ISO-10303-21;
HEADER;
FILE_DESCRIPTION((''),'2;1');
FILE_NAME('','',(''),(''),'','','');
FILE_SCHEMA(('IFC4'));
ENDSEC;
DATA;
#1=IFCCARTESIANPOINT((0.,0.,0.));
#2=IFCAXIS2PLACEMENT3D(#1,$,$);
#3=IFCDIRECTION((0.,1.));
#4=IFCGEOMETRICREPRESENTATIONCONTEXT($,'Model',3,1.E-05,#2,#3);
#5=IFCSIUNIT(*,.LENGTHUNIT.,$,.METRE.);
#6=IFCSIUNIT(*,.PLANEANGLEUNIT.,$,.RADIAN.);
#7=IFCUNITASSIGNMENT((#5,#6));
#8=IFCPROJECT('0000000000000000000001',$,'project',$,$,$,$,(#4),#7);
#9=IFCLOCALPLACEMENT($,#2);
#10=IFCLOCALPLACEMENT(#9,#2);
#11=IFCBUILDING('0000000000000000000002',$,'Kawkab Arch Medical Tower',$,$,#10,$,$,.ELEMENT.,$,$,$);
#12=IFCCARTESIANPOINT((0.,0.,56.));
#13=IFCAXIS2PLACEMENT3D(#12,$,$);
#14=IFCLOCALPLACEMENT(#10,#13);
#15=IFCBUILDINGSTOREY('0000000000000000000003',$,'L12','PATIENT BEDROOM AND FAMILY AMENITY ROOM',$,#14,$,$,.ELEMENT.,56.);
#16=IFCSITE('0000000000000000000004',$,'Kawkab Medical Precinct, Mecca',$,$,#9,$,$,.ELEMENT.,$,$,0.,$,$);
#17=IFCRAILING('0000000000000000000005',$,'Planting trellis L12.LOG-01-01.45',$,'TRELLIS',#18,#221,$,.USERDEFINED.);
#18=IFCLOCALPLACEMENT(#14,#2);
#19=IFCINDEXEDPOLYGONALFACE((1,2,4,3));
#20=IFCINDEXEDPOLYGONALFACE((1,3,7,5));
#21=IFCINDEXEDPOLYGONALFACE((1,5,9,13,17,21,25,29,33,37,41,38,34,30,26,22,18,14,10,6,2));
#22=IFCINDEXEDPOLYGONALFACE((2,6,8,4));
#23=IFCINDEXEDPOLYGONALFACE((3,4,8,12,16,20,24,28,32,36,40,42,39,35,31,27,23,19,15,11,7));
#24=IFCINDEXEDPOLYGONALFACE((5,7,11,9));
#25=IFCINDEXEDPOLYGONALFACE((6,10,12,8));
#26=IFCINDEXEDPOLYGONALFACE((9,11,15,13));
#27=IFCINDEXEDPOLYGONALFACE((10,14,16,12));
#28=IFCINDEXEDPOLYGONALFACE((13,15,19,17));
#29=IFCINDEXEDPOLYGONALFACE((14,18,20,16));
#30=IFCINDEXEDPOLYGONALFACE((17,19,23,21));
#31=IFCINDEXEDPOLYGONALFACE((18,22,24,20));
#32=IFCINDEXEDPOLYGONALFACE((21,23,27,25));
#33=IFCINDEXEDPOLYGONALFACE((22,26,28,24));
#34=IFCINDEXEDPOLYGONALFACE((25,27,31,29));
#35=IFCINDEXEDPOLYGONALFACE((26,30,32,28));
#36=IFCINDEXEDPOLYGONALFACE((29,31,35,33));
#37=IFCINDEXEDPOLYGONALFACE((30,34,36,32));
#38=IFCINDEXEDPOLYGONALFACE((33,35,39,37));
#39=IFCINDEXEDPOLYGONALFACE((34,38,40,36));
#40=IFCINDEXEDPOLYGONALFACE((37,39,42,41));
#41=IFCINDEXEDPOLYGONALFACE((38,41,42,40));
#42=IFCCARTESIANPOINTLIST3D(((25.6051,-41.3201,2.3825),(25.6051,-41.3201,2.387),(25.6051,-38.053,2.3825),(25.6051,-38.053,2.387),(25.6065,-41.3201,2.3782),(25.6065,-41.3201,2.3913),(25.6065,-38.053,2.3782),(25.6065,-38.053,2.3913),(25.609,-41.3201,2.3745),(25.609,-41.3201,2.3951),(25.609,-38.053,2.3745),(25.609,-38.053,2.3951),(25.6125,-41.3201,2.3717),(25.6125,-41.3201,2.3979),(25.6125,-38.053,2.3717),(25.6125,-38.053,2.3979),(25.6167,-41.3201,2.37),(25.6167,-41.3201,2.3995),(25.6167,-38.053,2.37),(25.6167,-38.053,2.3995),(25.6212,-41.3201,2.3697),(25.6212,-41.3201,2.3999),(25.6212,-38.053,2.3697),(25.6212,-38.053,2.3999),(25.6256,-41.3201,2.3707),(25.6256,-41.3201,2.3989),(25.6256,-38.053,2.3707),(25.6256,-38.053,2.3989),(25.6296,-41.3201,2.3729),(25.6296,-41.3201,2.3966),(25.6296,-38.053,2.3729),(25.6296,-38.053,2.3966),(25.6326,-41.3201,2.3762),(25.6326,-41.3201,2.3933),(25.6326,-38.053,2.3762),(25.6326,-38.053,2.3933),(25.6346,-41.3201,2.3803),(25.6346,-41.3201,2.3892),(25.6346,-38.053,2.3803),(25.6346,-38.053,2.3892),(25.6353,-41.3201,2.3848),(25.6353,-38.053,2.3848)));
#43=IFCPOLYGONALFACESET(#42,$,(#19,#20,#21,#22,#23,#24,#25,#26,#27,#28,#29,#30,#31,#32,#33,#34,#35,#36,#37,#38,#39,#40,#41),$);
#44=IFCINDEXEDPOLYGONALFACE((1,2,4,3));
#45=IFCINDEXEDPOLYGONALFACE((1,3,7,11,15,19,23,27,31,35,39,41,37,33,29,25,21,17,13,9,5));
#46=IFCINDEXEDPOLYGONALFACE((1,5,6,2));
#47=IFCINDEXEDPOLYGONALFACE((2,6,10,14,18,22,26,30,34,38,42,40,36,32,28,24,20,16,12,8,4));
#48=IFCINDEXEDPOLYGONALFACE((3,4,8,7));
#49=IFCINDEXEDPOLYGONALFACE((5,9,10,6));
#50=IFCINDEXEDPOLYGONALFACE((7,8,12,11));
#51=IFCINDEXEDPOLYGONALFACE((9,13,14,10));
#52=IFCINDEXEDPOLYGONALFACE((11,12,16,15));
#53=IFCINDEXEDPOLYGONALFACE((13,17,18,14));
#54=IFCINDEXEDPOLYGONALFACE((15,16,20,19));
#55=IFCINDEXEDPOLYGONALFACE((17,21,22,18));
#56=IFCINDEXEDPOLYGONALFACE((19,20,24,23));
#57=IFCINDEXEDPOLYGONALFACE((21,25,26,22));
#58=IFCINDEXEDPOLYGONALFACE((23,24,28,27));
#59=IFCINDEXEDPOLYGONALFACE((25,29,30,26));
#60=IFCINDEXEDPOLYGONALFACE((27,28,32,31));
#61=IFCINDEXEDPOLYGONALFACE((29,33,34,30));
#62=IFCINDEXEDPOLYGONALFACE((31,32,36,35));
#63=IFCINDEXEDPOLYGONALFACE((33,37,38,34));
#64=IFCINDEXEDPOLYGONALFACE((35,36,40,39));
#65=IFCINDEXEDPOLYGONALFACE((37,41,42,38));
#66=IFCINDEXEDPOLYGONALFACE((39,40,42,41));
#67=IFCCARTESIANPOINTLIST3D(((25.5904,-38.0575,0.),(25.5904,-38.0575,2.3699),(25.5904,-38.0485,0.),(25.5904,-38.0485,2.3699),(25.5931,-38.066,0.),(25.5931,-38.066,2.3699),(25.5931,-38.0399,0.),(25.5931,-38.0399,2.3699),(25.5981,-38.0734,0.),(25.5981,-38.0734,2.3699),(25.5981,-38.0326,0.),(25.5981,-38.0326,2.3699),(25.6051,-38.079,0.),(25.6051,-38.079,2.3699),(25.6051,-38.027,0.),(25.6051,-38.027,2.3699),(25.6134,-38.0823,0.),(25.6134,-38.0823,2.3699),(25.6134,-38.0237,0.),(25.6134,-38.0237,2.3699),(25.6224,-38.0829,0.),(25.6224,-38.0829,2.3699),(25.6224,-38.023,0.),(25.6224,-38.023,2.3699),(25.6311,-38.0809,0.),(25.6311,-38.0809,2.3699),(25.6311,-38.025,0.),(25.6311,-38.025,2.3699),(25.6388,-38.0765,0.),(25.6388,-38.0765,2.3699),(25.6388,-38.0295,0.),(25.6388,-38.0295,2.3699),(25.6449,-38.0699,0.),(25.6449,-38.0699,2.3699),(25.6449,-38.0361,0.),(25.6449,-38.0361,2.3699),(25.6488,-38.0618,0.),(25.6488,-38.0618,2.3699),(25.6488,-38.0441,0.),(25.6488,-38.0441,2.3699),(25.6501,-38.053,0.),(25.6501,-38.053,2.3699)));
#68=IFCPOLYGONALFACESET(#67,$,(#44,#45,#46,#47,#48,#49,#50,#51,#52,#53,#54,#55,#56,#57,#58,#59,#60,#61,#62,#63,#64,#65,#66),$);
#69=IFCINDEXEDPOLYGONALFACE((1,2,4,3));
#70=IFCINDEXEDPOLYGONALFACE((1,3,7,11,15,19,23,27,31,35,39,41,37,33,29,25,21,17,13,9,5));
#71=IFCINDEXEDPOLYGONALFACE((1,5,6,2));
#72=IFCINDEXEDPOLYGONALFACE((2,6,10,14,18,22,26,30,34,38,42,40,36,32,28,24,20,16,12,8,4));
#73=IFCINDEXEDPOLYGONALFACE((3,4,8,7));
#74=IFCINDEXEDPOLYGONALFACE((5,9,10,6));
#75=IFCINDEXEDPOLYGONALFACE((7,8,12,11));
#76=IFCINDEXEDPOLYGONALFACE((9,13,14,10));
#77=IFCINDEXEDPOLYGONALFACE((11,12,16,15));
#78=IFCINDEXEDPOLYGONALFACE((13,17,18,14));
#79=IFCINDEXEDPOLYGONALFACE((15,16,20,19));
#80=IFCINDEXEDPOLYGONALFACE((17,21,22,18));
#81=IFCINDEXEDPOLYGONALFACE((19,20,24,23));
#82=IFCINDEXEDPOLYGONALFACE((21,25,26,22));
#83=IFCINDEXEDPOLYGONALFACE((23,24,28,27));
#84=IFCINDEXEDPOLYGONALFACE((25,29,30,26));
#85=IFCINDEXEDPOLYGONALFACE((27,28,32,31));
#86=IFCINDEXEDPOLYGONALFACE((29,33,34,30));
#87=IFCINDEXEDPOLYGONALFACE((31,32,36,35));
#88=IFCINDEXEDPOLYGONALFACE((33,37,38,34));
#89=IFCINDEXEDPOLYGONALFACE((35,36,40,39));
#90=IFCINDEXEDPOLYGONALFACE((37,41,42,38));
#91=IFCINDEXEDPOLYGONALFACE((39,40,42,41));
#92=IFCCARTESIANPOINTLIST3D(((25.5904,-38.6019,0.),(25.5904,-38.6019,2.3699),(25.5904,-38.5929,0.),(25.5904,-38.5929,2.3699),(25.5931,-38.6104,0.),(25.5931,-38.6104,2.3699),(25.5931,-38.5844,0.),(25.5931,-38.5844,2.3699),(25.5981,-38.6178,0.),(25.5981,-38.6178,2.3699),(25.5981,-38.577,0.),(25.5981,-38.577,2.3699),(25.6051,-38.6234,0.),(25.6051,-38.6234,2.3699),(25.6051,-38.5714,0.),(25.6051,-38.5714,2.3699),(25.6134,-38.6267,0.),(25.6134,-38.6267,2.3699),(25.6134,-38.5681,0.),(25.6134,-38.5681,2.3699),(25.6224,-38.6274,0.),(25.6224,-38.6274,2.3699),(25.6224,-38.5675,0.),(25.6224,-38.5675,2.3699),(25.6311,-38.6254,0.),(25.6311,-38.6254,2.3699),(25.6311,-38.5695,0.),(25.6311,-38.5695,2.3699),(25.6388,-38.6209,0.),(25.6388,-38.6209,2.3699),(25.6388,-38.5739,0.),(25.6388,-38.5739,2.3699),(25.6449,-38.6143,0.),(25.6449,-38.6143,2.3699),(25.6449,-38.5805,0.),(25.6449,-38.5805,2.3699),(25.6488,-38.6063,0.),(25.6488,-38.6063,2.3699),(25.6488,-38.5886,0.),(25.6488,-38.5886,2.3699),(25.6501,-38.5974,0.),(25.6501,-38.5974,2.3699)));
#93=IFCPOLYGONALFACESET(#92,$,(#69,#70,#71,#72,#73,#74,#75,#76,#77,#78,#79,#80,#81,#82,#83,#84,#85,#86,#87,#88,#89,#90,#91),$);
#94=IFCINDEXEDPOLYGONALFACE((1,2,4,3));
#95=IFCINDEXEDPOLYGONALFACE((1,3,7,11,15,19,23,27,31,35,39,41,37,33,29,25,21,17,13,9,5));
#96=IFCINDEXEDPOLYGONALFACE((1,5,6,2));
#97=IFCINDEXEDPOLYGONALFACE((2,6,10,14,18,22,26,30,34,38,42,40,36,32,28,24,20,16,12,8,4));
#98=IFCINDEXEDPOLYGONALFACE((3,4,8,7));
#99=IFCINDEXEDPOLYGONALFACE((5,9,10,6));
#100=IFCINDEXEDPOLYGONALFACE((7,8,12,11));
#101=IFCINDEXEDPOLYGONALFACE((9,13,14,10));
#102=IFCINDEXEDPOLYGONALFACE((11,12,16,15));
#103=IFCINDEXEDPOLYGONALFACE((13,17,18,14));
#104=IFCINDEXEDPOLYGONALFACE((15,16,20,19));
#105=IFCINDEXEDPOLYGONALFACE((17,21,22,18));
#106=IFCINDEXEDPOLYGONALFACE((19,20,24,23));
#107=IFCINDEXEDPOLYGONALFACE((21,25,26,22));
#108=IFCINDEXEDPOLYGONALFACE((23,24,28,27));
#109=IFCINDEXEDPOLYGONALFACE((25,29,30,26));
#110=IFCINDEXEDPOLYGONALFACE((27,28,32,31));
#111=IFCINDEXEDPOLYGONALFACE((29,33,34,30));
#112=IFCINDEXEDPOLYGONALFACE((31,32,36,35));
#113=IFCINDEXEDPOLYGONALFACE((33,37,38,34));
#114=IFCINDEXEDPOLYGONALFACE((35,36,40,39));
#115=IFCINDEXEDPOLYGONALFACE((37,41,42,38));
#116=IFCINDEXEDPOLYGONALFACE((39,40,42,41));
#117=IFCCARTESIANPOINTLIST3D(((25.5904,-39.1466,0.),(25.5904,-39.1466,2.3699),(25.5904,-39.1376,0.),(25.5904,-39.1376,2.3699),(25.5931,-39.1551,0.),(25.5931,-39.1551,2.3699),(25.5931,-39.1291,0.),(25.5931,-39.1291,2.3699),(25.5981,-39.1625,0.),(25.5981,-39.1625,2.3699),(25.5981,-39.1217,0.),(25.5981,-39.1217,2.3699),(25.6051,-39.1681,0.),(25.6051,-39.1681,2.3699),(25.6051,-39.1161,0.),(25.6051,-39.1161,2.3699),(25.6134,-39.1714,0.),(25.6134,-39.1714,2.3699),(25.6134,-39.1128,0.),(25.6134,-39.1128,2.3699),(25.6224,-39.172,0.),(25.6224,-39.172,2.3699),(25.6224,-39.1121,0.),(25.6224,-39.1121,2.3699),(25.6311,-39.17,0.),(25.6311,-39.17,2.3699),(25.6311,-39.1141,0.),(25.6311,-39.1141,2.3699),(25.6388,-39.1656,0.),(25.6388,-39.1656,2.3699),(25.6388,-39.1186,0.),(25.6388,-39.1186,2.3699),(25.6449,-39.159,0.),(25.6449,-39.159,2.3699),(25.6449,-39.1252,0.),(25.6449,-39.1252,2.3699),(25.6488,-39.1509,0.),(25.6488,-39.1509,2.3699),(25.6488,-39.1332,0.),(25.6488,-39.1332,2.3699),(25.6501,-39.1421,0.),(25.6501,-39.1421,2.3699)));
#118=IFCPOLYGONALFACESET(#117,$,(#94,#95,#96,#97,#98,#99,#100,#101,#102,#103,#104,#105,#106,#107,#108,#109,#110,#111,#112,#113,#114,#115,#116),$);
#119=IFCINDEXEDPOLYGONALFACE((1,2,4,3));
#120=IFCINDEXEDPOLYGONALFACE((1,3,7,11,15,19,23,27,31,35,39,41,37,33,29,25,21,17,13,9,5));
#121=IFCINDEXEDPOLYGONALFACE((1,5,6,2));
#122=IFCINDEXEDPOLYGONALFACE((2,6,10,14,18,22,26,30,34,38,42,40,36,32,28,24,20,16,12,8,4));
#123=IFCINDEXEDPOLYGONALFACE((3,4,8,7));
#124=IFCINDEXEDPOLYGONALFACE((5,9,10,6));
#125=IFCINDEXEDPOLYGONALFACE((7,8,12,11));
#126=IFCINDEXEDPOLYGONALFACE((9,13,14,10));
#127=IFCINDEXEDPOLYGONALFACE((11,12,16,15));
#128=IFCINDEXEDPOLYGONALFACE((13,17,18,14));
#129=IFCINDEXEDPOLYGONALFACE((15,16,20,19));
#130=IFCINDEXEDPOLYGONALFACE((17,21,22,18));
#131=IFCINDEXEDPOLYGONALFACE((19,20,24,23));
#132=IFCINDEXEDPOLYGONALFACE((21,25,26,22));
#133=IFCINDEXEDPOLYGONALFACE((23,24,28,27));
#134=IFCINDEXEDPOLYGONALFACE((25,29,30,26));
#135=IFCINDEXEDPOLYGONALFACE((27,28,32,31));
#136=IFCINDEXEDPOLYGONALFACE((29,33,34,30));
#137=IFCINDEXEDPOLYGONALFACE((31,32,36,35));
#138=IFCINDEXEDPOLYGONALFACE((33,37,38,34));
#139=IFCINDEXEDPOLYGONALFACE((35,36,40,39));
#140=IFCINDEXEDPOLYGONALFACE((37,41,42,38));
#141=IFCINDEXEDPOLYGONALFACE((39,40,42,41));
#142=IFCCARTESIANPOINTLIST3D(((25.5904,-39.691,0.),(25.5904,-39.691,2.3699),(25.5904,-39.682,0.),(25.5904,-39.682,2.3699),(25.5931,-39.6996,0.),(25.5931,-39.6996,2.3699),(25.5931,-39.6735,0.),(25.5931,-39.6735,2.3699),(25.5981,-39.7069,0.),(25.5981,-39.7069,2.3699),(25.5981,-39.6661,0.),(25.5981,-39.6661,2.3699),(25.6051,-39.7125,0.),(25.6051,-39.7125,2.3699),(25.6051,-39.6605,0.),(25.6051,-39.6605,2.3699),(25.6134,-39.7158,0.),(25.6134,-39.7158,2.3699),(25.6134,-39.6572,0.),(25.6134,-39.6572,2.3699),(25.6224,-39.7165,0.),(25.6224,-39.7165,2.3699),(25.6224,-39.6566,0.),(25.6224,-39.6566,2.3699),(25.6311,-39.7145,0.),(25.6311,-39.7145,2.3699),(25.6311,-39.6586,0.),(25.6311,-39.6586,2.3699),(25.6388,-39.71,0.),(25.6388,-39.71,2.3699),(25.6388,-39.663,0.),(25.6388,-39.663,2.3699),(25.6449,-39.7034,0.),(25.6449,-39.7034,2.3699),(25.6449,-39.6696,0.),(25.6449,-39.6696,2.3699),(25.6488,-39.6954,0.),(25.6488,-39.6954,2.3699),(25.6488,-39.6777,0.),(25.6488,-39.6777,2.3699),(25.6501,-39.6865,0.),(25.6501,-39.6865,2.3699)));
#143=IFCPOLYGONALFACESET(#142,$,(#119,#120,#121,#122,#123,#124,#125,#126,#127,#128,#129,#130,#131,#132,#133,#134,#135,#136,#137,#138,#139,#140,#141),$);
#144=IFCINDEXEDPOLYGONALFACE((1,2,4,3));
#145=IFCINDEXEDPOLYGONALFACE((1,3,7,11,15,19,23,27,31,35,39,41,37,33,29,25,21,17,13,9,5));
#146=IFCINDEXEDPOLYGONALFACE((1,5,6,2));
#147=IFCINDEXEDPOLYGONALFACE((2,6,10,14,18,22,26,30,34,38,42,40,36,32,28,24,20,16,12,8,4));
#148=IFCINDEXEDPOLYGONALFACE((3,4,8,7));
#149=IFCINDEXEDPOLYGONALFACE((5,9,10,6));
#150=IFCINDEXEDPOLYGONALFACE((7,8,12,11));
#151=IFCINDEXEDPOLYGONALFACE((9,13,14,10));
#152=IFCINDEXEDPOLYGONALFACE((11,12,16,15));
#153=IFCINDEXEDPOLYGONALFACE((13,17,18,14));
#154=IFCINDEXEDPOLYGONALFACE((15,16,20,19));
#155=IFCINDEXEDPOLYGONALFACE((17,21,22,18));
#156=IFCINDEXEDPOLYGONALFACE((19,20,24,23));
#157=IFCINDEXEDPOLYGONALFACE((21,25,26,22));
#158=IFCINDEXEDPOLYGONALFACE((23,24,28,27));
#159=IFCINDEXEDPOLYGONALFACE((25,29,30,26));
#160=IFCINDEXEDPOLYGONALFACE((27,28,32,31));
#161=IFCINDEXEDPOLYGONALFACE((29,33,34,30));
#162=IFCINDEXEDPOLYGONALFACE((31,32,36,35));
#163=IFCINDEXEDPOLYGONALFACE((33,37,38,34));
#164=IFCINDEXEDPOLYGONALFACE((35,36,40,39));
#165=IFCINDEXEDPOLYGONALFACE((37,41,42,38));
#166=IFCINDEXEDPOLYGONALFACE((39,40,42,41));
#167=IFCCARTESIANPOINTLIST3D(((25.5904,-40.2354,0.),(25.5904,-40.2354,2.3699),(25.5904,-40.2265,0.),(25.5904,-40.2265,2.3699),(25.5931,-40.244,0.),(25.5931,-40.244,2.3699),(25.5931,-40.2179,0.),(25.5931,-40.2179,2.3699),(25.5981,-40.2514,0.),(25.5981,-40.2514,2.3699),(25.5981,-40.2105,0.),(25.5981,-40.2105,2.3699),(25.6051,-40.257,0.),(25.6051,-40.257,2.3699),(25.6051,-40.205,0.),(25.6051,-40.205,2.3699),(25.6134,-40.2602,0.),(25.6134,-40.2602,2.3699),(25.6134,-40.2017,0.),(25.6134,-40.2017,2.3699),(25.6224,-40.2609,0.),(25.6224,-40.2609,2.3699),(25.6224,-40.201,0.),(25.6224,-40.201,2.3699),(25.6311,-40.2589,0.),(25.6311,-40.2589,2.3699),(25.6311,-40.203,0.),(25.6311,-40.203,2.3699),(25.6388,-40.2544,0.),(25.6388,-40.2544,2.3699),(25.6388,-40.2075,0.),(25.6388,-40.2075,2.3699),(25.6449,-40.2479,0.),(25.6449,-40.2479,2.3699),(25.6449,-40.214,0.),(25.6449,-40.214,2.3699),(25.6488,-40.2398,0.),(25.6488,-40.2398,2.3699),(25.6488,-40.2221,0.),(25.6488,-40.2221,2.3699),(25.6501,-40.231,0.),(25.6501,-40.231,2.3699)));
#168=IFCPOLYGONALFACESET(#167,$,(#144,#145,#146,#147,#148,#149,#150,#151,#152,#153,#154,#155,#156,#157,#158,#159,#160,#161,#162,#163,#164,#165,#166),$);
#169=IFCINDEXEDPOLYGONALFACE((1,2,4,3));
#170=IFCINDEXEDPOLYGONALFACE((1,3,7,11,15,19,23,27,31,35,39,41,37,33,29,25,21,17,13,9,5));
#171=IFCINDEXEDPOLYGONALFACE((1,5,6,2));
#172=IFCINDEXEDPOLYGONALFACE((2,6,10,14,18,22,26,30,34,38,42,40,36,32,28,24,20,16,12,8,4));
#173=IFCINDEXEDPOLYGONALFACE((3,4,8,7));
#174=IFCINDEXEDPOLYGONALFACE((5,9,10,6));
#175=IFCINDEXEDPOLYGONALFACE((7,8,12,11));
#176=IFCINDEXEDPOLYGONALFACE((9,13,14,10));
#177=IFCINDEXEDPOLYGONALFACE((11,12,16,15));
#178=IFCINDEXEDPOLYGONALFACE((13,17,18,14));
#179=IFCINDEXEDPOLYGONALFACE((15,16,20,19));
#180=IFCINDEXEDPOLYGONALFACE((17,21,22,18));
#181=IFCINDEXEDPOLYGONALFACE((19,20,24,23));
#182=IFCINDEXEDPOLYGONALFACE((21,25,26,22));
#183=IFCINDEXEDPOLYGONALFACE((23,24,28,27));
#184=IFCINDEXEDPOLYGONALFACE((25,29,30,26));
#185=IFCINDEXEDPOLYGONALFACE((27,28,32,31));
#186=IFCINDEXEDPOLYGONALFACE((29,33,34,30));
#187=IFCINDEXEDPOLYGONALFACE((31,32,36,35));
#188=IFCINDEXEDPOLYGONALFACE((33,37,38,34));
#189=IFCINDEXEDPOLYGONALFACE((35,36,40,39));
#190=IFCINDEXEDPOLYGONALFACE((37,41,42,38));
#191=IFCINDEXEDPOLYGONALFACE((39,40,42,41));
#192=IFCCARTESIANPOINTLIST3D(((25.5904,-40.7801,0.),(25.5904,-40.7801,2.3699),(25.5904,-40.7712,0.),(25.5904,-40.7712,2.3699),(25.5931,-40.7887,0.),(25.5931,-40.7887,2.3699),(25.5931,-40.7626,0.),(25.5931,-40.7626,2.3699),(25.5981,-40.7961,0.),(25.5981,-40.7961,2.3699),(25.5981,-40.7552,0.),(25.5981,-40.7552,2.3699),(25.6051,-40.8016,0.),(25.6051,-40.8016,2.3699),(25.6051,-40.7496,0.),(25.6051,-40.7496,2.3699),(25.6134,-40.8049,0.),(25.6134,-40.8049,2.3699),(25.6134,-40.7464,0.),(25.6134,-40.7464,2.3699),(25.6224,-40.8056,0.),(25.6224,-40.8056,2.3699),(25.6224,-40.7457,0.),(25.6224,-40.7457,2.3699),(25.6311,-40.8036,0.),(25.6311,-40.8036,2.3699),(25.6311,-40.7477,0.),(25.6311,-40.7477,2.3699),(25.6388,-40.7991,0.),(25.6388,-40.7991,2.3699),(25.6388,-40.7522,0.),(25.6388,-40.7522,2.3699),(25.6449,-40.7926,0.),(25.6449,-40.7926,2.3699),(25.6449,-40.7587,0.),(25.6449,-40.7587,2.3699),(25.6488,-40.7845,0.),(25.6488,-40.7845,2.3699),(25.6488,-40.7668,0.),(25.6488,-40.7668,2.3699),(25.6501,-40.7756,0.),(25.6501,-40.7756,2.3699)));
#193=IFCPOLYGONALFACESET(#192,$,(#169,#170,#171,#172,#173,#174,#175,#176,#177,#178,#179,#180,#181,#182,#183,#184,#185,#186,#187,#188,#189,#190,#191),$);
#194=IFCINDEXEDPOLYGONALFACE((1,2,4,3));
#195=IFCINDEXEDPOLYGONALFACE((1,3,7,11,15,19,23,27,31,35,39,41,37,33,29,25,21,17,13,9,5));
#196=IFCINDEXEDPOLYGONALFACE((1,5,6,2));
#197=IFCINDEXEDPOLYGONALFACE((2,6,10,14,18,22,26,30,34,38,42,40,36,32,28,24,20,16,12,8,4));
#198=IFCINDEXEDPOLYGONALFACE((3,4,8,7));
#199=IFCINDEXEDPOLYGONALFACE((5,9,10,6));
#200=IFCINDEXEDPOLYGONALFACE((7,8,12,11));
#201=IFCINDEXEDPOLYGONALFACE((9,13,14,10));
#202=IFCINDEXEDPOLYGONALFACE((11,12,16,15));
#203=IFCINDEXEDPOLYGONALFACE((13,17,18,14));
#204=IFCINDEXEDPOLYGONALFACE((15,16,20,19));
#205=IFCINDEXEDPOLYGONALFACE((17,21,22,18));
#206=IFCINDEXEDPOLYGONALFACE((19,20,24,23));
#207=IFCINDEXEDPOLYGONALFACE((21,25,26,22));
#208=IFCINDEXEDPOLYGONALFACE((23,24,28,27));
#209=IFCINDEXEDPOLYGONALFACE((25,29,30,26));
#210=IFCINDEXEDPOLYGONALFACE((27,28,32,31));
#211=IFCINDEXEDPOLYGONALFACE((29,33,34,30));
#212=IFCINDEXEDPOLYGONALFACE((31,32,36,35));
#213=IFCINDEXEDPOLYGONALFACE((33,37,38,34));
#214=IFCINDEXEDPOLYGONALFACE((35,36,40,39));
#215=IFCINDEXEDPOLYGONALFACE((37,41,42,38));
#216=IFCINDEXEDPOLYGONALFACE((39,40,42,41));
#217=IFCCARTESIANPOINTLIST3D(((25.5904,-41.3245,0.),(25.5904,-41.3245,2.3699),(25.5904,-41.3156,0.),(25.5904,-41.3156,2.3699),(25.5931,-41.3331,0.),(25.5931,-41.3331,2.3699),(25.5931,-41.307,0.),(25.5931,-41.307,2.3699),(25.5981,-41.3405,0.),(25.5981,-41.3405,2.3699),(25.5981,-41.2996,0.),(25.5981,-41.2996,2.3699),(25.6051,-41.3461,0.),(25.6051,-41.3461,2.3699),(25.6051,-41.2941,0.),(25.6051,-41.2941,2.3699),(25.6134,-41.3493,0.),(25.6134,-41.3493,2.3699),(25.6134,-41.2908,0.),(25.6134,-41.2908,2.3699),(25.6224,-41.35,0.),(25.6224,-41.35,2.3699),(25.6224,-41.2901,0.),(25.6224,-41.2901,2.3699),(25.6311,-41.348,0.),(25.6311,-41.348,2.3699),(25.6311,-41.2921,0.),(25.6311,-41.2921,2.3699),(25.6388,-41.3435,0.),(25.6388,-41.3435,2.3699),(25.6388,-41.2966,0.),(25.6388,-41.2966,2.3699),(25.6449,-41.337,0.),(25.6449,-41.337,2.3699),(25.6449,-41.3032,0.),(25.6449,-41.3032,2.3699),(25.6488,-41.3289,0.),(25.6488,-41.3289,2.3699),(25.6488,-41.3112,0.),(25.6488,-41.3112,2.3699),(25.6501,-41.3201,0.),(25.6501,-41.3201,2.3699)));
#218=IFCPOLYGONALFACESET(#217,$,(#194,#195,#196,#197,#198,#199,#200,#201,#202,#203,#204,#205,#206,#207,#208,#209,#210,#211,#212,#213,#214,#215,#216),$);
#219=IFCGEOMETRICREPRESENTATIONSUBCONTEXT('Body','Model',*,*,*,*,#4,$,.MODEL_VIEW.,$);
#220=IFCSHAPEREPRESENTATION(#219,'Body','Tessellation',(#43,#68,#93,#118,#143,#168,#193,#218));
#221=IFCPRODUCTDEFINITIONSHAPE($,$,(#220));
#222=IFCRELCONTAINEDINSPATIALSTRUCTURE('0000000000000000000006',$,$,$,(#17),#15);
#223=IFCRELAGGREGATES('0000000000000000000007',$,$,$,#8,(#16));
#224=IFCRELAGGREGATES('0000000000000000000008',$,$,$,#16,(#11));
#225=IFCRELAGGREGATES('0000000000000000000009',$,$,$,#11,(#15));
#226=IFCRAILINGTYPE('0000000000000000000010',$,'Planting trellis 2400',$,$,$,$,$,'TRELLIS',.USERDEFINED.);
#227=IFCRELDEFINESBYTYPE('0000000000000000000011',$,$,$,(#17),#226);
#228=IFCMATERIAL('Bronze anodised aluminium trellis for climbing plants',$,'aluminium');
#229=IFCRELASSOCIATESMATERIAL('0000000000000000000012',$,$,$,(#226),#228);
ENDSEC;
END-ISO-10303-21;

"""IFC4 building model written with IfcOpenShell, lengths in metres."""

from ifc_helpers import new_model, si_unit, direction, frame, origin, origin_2d, place, context, subcontext, project, spatial, circle, extrude, material, type_object, element, save


model = new_model("IFC4")

# Units and contexts
model_context = context("Model", 3, precision=1e-05, world=origin(), true_north=direction((0.0, 1.0)))
body_context = subcontext(model_context, "Body", "Model", "MODEL_VIEW")
ifc_project = project(units=[si_unit("LENGTHUNIT", "METRE"), si_unit("PLANEANGLEUNIT", "RADIAN")], contexts=[model_context])

# Site, building, storey
site_placement = place(None, origin())
site = spatial("IfcSite", under=ifc_project, at=site_placement, Name="Kawkab Medical Precinct, Mecca", CompositionType="ELEMENT", RefElevation=0.0)
building_placement = place(site_placement, origin())
building = spatial("IfcBuilding", under=site, at=building_placement, Name="Kawkab Arch Medical Tower", CompositionType="ELEMENT")
storey_placement = place(building_placement, frame((0.0, 0.0, 56.0)))
storey = spatial("IfcBuildingStorey", under=building, at=storey_placement, Name="L12", Description="PATIENT BEDROOM AND FAMILY AMENITY ROOM", CompositionType="ELEMENT", Elevation=56.0)

# Railing
ifc_material_1 = material(Name="Bronze anodised aluminium trellis for climbing plants", Category="aluminium")
railing_type = type_object("IfcRailingType", Name="Planting trellis 2400", ElementType="TRELLIS", PredefinedType="USERDEFINED", material=ifc_material_1)
railing_1_placement = place(storey_placement, frame((25.6201, -38.053, 0.0)))
element("IfcRailing", 1, at=railing_1_placement, inside=storey, type_object=railing_type, Name="Planting trellis L12.LOG-01-01.45", ObjectType="TRELLIS", PredefinedType="USERDEFINED", context=body_context, shape_type="SweptSolid", body=[
    extrude(circle(Radius=0.0151, at=origin_2d()), frame((0.0, 0.0, 2.3848), z_axis=(0.0, -1.0, 0.0), x_axis=(1.0, 0.0, 0.0)), (0.0, 0.0, 1.0), 3.2671),
    extrude(circle(Radius=0.03, at=origin_2d()), origin(), (0.0, 0.0, 1.0), 2.3699),
    extrude(circle(Radius=0.03, at=origin_2d()), frame((0.0, -0.5444, 0.0)), (0.0, 0.0, 1.0), 2.3699),
    extrude(circle(Radius=0.03, at=origin_2d()), frame((0.0, -1.0891, 0.0)), (0.0, 0.0, 1.0), 2.3699),
    extrude(circle(Radius=0.03, at=origin_2d()), frame((0.0, -1.6335, 0.0)), (0.0, 0.0, 1.0), 2.3699),
    extrude(circle(Radius=0.03, at=origin_2d()), frame((0.0, -2.178, 0.0)), (0.0, 0.0, 1.0), 2.3699),
    extrude(circle(Radius=0.03, at=origin_2d()), frame((0.0, -2.7227, 0.0)), (0.0, 0.0, 1.0), 2.3699),
    extrude(circle(Radius=0.03, at=origin_2d()), frame((0.0, -3.2671, 0.0)), (0.0, 0.0, 1.0), 2.3699),
])

save(model, "model.ifc")
